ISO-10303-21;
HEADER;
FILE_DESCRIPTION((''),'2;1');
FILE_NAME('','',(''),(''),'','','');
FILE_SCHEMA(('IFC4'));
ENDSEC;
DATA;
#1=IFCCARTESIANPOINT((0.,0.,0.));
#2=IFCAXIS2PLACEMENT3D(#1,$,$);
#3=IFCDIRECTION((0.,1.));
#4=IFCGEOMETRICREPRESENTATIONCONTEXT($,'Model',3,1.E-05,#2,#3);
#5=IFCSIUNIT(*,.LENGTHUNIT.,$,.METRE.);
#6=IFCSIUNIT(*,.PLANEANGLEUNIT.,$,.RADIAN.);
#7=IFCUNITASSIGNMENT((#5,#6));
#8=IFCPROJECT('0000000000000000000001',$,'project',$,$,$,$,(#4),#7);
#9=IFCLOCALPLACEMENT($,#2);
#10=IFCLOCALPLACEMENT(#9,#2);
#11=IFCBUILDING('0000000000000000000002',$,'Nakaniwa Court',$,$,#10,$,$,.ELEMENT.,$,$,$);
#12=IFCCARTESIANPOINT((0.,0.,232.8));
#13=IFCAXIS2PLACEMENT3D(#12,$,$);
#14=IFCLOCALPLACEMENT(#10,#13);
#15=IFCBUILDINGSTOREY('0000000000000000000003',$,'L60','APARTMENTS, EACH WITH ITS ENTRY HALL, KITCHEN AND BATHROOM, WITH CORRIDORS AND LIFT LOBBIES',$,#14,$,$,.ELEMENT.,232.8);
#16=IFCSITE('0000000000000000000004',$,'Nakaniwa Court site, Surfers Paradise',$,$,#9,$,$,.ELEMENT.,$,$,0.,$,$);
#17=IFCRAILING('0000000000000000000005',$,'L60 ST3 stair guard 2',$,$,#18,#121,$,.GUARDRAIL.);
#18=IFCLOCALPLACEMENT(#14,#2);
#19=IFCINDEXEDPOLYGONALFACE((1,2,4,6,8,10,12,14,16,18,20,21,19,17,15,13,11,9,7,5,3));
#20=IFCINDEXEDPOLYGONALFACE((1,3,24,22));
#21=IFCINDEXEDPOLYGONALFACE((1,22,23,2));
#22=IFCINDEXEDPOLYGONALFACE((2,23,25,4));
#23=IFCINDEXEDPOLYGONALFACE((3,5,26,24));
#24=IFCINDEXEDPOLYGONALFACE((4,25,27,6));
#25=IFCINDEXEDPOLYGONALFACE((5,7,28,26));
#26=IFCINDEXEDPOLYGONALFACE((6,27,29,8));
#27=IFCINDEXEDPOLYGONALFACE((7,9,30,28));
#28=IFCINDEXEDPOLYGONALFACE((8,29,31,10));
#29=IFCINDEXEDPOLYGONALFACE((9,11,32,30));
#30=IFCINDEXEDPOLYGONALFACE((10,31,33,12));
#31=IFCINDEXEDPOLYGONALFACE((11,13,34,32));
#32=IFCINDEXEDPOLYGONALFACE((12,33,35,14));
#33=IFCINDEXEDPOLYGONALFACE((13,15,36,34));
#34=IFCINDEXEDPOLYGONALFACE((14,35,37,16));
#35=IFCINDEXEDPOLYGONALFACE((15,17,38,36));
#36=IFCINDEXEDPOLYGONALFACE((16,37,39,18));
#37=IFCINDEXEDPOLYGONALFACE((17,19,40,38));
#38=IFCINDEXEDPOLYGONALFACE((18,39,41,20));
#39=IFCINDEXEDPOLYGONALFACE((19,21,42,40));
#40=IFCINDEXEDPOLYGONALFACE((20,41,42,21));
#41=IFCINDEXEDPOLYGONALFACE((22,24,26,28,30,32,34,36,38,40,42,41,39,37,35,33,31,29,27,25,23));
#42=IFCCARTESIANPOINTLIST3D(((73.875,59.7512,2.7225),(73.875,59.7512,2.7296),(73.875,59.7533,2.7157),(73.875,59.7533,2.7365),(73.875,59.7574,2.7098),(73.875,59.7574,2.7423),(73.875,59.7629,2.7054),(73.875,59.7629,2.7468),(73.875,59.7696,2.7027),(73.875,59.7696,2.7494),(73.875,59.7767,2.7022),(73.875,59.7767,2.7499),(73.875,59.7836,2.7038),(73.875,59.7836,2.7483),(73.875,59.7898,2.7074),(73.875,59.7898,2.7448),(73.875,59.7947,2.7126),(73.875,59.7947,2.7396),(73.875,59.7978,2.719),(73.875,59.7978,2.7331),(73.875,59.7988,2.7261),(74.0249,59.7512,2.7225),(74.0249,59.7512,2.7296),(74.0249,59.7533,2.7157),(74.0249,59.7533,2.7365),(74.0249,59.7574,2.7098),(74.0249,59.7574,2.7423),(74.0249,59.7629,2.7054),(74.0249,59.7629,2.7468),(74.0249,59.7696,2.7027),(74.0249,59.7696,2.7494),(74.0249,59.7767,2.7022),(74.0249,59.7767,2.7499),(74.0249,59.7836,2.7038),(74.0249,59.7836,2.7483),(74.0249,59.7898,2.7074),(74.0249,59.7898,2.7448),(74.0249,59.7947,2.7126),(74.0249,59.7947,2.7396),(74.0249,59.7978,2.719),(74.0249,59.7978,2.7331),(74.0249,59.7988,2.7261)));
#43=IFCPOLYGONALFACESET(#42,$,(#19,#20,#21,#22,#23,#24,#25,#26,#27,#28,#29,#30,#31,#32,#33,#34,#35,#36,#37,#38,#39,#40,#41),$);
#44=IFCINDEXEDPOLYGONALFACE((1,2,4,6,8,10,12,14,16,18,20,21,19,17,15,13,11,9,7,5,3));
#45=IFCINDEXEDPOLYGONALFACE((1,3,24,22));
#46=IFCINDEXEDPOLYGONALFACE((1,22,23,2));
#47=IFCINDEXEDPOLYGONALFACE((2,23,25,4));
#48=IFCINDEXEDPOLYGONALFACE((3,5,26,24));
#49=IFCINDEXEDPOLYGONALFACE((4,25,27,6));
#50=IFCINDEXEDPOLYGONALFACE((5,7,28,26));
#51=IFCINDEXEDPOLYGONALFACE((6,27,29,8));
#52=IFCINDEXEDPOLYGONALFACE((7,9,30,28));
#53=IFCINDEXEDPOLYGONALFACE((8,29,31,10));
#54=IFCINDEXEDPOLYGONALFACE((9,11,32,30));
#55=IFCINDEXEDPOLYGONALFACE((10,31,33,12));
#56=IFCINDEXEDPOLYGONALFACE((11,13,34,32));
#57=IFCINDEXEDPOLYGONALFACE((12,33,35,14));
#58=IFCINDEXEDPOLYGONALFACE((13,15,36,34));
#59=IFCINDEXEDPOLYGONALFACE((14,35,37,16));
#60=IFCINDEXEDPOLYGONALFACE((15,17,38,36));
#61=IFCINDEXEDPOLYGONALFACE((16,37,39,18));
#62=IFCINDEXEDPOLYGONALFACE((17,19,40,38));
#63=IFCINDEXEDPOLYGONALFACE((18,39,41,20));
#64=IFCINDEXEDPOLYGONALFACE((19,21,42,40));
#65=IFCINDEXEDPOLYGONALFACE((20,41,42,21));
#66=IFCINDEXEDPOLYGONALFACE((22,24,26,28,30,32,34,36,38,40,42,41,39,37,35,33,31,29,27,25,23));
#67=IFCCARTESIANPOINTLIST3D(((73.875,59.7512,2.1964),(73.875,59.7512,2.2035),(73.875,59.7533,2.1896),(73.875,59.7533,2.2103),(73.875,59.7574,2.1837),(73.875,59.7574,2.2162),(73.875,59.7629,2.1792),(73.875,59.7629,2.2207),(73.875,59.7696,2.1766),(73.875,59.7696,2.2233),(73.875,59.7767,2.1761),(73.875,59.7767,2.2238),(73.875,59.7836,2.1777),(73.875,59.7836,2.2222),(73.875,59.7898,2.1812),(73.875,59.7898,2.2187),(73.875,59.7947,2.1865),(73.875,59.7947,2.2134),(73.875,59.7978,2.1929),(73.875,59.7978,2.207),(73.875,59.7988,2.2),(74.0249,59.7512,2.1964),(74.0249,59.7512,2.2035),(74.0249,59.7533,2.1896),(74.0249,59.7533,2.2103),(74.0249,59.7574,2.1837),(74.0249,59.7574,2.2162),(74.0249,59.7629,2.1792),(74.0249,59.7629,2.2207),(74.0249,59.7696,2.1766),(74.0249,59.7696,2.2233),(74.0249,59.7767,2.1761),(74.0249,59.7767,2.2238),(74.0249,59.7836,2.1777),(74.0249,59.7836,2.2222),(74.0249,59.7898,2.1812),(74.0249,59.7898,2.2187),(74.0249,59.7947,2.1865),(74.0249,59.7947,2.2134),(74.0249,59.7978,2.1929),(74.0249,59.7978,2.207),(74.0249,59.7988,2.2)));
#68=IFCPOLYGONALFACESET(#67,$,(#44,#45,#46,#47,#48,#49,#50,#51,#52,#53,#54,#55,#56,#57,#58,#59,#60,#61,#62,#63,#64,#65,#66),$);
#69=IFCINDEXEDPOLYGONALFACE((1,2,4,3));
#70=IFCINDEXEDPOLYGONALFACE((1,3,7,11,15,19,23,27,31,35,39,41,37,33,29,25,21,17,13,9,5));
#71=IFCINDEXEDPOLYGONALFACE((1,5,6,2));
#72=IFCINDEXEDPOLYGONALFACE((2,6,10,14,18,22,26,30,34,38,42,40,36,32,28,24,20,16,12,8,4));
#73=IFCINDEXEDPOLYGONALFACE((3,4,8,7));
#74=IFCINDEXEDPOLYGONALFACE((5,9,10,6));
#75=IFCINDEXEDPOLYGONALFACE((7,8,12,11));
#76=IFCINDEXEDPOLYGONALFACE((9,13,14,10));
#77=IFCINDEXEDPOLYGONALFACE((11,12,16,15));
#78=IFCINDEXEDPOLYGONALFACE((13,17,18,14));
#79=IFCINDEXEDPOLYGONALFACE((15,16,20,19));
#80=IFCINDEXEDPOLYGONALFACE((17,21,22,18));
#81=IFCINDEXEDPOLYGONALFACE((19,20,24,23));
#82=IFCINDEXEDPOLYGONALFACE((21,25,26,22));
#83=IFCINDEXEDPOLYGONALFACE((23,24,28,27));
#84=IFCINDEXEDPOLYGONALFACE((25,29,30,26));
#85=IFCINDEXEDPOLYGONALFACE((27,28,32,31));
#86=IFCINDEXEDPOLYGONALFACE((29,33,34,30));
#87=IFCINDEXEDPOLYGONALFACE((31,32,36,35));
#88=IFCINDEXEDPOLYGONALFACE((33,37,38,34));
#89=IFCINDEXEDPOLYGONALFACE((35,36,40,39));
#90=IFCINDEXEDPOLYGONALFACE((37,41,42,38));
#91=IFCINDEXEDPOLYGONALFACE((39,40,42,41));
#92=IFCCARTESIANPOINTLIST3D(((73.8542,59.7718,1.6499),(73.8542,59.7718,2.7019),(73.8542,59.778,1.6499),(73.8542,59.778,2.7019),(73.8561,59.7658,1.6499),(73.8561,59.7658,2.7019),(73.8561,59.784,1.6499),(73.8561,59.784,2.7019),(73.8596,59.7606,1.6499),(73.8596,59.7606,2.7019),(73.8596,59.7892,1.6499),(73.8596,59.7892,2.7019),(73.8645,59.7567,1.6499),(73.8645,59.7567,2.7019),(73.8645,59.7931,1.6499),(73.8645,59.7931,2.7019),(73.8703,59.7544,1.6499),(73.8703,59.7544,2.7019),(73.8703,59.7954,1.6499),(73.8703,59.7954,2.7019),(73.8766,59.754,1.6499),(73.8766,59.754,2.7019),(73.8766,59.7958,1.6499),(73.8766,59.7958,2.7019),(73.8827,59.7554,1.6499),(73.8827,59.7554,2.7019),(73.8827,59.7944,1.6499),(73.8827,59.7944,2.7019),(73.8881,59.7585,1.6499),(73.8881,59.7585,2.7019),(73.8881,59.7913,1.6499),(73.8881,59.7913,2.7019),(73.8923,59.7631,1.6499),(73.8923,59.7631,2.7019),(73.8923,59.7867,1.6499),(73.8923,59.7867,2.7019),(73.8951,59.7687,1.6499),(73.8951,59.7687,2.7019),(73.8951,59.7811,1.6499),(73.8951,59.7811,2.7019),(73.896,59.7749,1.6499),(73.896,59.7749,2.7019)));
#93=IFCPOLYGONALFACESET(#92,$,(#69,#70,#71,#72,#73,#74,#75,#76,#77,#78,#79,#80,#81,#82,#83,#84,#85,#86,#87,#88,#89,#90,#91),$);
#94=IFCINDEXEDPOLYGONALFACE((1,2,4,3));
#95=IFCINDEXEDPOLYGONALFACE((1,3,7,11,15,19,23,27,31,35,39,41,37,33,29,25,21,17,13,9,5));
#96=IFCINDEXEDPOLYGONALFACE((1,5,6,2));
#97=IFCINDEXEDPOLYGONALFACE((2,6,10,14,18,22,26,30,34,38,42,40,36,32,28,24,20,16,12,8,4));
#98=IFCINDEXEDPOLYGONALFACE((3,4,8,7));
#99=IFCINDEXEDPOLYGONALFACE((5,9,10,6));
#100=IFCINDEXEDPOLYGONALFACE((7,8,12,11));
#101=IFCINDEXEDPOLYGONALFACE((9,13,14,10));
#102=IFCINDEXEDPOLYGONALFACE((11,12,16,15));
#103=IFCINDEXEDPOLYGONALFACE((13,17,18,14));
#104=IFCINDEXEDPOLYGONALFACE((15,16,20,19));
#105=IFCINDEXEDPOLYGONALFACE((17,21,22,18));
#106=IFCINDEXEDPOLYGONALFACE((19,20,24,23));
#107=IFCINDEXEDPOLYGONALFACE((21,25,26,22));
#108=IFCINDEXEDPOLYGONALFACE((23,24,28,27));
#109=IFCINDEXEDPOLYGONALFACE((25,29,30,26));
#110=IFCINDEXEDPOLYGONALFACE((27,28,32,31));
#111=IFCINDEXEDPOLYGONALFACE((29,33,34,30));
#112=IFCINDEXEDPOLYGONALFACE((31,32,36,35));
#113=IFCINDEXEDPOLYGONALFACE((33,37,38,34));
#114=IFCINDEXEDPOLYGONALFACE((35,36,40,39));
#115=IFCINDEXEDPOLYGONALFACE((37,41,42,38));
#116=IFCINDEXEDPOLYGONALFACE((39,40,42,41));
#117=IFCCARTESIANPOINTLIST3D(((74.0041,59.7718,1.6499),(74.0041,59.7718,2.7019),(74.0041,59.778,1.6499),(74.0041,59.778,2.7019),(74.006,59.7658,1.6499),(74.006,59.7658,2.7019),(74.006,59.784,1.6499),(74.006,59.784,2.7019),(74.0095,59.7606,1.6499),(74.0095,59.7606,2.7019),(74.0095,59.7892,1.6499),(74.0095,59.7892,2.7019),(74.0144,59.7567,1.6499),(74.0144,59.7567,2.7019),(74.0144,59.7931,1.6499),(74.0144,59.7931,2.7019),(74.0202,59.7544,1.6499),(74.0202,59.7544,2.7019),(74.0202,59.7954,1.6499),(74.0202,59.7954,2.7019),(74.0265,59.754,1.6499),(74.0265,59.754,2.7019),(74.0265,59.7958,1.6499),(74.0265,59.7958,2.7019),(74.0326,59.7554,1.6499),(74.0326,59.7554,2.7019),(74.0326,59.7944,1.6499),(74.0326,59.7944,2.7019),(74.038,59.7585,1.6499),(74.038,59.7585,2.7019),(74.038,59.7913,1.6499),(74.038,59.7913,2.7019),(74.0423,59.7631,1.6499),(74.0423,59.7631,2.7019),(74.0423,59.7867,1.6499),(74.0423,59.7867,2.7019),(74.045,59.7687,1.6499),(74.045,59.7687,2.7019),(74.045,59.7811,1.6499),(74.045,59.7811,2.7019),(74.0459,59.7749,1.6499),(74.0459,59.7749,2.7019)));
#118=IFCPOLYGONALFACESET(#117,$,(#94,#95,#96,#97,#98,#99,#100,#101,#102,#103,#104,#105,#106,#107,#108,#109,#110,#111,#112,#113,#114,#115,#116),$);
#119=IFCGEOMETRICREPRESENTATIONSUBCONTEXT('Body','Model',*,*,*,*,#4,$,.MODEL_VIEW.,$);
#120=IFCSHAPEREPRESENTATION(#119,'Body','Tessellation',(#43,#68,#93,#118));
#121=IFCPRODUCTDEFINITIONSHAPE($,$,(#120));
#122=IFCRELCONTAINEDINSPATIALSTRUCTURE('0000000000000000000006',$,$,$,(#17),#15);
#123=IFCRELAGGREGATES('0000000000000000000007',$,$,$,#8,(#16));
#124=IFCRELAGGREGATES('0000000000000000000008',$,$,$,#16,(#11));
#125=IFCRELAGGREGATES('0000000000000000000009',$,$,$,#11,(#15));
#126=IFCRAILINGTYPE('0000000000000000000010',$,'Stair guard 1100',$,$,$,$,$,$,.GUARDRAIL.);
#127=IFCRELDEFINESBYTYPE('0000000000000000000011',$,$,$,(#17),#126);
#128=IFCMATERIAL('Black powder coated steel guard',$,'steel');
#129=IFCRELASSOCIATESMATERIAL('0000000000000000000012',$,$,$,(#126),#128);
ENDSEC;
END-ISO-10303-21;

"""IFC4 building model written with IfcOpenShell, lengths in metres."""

from ifc_helpers import new_model, si_unit, direction, frame, origin, origin_2d, place, context, subcontext, project, spatial, circle, extrude, material, type_object, element, save


model = new_model("IFC4")

# Units and contexts
model_context = context("Model", 3, precision=1e-05, world=origin(), true_north=direction((0.0, 1.0)))
body_context = subcontext(model_context, "Body", "Model", "MODEL_VIEW")
ifc_project = project(units=[si_unit("LENGTHUNIT", "METRE"), si_unit("PLANEANGLEUNIT", "RADIAN")], contexts=[model_context])

# Site, building, storey
site_placement = place(None, origin())
site = spatial("IfcSite", under=ifc_project, at=site_placement, Name="Nakaniwa Court site, Surfers Paradise", CompositionType="ELEMENT", RefElevation=0.0)
building_placement = place(site_placement, origin())
building = spatial("IfcBuilding", under=site, at=building_placement, Name="Nakaniwa Court", CompositionType="ELEMENT")
storey_placement = place(building_placement, frame((0.0, 0.0, 232.8)))
storey = spatial("IfcBuildingStorey", under=building, at=storey_placement, Name="L60", Description="APARTMENTS, EACH WITH ITS ENTRY HALL, KITCHEN AND BATHROOM, WITH CORRIDORS AND LIFT LOBBIES", CompositionType="ELEMENT", Elevation=232.8)

# Railing
ifc_material_1 = material(Name="Black powder coated steel guard", Category="steel")
railing_type_1 = type_object("IfcRailingType", Name="Stair guard 1100", PredefinedType="GUARDRAIL", material=ifc_material_1)
railing_1_placement = place(storey_placement, frame((73.875, 59.7749, 1.6499)))
element("IfcRailing", 1, at=railing_1_placement, inside=storey, type_object=railing_type_1, Name="L60 ST3 stair guard 2", PredefinedType="GUARDRAIL", context=body_context, shape_type="SweptSolid", body=[
    extrude(circle(Radius=0.0239, at=origin_2d()), frame((0.0, 0.0, 1.0762), z_axis=(1.0, 0.0, 0.0), x_axis=(0.0, 1.0, 0.0)), (0.0, 0.0, 1.0), 0.1499),
    extrude(circle(Radius=0.0239, at=origin_2d()), frame((0.0, 0.0, 0.55), z_axis=(1.0, 0.0, 0.0), x_axis=(0.0, 1.0, 0.0)), (0.0, 0.0, 1.0), 0.1499),
    extrude(circle(Radius=0.021, at=origin_2d()), origin(), (0.0, 0.0, 1.0), 1.052),
    extrude(circle(Radius=0.021, at=origin_2d()), frame((0.1499, 0.0, 0.0)), (0.0, 0.0, 1.0), 1.052),
])

save(model, "model.ifc")
